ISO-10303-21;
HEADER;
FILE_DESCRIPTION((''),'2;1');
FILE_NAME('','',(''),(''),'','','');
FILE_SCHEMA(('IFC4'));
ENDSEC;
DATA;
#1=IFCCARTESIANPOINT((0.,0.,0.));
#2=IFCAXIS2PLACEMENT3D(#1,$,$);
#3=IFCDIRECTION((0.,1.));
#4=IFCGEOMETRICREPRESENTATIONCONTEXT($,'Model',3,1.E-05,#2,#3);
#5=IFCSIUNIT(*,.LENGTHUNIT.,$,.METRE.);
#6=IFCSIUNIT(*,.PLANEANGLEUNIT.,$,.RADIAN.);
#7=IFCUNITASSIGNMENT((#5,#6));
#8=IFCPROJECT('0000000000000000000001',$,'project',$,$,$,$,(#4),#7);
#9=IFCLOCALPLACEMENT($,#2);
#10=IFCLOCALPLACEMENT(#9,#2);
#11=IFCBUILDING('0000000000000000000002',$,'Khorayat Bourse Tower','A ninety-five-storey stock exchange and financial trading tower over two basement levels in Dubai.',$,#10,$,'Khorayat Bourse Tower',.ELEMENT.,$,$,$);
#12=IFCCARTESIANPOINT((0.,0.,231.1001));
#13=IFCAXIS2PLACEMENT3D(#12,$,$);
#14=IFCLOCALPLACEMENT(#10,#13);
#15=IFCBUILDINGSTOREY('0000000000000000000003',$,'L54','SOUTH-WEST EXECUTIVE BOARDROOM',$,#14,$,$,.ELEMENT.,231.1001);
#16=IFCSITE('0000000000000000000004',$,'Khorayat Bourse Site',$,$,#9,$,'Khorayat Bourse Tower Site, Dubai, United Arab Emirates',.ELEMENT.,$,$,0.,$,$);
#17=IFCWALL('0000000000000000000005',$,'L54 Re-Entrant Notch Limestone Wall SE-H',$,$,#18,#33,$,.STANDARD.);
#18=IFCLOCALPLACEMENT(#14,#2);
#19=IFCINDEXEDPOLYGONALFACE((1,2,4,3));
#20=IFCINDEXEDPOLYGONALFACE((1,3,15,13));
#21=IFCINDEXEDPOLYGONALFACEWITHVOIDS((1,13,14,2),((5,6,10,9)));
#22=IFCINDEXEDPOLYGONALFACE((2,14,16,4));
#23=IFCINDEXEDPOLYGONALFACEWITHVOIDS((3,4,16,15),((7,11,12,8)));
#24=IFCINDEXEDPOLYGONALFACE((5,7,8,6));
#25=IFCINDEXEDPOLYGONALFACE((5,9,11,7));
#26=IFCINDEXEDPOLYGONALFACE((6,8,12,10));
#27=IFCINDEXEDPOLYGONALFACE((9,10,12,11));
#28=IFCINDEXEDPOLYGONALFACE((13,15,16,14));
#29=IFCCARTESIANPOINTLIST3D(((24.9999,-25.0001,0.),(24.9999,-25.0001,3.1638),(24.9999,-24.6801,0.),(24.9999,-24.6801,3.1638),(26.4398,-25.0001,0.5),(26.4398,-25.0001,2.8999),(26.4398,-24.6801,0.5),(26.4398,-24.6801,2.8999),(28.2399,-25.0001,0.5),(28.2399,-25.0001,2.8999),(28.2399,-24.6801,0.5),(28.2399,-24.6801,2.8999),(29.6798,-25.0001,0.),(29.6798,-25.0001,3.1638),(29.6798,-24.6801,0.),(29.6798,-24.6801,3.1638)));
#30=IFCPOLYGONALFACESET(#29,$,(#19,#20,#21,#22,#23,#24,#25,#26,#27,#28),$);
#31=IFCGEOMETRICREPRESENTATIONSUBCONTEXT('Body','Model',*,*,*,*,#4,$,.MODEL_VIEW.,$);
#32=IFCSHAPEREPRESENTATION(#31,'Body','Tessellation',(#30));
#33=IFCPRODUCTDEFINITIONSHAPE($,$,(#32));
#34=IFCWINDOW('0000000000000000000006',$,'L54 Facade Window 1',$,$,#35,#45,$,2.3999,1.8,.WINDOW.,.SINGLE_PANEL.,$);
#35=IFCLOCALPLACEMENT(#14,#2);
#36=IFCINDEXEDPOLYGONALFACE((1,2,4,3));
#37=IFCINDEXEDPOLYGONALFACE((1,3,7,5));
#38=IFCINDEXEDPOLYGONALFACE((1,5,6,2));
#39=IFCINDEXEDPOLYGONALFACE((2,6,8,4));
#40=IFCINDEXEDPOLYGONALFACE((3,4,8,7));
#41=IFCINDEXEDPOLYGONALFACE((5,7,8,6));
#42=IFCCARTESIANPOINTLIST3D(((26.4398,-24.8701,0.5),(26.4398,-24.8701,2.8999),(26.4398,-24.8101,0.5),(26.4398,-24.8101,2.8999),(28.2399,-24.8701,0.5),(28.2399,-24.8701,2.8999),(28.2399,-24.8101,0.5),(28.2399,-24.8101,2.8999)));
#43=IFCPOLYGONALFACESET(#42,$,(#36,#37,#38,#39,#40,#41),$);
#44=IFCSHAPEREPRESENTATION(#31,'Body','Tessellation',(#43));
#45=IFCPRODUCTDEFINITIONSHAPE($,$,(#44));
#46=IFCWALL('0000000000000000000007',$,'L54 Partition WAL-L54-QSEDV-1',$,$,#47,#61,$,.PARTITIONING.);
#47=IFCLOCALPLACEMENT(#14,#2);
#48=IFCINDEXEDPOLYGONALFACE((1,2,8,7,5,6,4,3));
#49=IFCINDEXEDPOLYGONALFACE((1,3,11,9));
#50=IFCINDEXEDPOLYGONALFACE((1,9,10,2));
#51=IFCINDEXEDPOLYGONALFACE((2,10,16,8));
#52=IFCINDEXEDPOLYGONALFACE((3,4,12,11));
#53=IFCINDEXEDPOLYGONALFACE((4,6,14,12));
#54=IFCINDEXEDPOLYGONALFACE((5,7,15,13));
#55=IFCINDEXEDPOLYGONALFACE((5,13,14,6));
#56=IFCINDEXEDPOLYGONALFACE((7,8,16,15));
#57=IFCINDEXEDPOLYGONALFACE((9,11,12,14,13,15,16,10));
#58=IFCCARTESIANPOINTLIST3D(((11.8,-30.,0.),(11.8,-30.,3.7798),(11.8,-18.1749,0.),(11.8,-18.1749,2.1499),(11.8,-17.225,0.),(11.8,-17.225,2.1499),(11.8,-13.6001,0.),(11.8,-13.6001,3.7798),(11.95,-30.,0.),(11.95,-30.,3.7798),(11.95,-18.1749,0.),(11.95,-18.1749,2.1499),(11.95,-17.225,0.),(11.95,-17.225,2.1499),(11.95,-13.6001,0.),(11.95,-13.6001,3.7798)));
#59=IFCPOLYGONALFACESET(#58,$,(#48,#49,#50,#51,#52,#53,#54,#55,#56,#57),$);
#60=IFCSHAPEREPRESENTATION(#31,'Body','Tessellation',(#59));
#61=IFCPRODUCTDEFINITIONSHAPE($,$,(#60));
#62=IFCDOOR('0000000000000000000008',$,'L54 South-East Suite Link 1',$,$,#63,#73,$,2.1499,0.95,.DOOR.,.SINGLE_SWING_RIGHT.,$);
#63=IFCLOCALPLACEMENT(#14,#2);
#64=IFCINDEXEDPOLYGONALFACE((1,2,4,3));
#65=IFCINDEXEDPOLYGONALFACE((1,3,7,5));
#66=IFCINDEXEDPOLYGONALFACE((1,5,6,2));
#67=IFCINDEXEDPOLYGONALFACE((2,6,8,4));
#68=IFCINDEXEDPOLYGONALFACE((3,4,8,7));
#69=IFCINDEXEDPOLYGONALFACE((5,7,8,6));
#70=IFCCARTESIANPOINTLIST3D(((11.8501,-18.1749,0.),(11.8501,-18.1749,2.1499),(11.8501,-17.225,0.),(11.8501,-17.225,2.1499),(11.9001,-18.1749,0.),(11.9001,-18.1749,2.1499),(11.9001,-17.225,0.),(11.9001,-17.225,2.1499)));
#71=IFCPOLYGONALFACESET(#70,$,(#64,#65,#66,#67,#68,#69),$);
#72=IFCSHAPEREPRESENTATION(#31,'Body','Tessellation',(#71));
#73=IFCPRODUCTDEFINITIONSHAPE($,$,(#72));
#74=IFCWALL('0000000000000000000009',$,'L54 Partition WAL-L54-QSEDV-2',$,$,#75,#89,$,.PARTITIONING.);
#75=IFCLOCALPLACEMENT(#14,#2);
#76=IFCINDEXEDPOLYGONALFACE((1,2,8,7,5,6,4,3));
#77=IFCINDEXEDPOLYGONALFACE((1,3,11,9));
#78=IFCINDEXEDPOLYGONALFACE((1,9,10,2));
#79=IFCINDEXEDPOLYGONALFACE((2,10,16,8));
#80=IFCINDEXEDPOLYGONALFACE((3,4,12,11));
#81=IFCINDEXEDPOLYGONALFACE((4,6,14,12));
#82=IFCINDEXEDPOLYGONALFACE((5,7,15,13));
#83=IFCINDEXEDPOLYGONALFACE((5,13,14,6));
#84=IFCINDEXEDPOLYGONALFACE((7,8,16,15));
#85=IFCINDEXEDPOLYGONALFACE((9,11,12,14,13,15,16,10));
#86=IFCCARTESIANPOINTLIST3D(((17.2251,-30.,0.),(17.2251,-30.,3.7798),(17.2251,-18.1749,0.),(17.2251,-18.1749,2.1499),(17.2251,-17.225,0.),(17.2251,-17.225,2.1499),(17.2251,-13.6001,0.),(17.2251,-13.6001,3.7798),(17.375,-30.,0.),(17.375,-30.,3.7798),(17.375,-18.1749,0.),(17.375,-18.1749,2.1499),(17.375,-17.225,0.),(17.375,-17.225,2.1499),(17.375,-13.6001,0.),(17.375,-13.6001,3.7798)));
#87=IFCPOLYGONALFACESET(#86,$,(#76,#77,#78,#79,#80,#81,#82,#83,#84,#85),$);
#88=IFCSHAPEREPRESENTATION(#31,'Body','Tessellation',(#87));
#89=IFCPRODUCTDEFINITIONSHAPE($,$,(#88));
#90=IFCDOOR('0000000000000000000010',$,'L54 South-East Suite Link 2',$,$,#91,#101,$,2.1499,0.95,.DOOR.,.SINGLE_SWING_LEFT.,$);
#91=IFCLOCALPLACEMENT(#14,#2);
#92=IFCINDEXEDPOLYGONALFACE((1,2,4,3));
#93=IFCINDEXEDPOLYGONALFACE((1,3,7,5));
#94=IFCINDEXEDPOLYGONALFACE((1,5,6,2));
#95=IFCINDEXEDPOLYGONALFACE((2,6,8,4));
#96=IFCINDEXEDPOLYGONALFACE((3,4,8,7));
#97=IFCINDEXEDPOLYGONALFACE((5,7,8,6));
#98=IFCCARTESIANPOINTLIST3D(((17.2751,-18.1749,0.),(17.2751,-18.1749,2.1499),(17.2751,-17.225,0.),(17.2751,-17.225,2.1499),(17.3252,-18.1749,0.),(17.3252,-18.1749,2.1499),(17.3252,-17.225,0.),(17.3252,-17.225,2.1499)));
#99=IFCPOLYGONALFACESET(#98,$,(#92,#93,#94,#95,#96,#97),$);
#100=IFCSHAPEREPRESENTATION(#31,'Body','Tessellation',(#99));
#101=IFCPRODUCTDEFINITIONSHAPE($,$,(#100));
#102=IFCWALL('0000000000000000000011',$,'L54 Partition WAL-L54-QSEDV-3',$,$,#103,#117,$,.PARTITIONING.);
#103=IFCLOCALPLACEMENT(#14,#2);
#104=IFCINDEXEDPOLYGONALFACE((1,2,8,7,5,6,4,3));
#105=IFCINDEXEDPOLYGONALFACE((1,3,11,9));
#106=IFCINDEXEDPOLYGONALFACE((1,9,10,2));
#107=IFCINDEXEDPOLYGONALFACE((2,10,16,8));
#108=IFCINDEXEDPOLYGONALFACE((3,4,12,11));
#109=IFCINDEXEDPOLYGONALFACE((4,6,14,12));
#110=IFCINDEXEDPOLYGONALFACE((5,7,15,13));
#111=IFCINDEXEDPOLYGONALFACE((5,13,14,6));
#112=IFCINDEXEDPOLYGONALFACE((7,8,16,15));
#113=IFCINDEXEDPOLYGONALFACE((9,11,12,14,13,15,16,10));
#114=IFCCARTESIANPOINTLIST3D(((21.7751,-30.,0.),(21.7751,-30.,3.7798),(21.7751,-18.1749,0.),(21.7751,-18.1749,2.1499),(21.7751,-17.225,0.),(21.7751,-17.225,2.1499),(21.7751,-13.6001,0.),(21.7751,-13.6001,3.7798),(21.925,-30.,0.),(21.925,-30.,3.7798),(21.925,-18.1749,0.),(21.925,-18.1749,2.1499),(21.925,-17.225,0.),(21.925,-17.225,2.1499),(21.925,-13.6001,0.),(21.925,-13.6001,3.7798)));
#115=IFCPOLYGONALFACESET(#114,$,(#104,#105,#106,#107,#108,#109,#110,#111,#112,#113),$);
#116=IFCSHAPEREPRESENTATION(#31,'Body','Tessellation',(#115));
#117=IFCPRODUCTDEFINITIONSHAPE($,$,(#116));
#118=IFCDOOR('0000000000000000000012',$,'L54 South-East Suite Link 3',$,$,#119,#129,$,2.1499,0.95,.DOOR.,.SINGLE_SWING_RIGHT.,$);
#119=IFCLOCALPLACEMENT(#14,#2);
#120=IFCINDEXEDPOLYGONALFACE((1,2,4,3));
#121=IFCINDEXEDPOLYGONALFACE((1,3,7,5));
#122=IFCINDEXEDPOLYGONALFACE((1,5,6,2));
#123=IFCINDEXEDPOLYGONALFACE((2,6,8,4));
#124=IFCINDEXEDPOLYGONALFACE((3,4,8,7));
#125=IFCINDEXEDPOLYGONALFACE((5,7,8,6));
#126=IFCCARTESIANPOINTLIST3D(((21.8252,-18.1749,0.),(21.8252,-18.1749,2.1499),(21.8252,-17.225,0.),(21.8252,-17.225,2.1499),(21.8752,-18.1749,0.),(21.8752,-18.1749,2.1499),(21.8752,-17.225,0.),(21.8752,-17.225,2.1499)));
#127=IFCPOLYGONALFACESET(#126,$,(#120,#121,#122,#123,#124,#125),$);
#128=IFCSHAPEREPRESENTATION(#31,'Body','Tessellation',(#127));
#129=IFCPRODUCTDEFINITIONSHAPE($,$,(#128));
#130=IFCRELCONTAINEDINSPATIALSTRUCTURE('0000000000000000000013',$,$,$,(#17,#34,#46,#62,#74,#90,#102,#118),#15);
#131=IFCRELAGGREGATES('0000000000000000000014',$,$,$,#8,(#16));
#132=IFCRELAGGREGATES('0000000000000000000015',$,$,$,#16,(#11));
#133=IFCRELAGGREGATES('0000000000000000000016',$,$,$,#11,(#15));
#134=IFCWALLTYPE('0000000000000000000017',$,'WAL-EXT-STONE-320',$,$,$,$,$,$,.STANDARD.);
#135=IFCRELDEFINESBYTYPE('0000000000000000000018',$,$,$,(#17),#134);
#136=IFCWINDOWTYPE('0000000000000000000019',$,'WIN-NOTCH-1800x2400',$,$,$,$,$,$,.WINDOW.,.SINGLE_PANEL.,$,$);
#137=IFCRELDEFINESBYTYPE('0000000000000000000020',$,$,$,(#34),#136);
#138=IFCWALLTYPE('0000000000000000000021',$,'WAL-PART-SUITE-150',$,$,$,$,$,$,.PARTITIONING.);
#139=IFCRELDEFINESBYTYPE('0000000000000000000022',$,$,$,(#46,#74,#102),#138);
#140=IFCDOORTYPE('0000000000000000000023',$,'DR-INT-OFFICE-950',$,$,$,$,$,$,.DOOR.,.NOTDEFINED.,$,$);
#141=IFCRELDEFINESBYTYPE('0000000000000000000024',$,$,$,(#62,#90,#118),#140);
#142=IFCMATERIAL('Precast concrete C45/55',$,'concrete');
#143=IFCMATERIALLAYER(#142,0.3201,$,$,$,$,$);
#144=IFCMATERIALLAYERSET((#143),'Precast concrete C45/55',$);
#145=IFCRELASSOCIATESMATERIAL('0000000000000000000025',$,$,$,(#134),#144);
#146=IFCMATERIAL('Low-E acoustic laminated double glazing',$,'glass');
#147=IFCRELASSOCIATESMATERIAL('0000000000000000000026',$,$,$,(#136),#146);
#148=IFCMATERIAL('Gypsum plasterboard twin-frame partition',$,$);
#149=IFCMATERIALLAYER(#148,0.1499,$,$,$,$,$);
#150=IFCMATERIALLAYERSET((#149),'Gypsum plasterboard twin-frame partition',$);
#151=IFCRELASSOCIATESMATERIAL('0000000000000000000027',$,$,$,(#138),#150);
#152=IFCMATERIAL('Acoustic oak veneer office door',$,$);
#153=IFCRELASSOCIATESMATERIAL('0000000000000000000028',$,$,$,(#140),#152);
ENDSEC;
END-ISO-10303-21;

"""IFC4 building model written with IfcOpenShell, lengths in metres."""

from ifc_helpers import new_model, si_unit, direction, frame, frame_2d, origin, place, context, subcontext, project, spatial, rectangle, extrude, source, transform, mapped, material, layer, layer_set, type_object, element, fill, save


model = new_model("IFC4")

# Units and contexts
model_context = context("Model", 3, precision=1e-05, world=origin(), true_north=direction((0.0, 1.0)))
body_context = subcontext(model_context, "Body", "Model", "MODEL_VIEW")
ifc_project = project(units=[si_unit("LENGTHUNIT", "METRE"), si_unit("PLANEANGLEUNIT", "RADIAN")], contexts=[model_context])

# Site, building, storey
site_placement = place(None, origin())
site = spatial("IfcSite", under=ifc_project, at=site_placement, Name="Khorayat Bourse Site", LongName="Khorayat Bourse Tower Site, Dubai, United Arab Emirates", CompositionType="ELEMENT", RefElevation=0.0)
building_placement = place(site_placement, origin())
building = spatial("IfcBuilding", under=site, at=building_placement, Name="Khorayat Bourse Tower", Description="A ninety-five-storey stock exchange and financial trading tower over two basement levels in Dubai.", LongName="Khorayat Bourse Tower", CompositionType="ELEMENT")
storey_placement = place(building_placement, frame((0.0, 0.0, 231.1001)))
storey = spatial("IfcBuildingStorey", under=building, at=storey_placement, Name="L54", Description="SOUTH-WEST EXECUTIVE BOARDROOM", CompositionType="ELEMENT", Elevation=231.1001)

# Wall, opening, window
ifc_material_1 = material(Name="Precast concrete C45/55", Category="concrete")
ifc_layer_1 = layer(ifc_material_1, 0.3201)
ifc_layer_set_1 = layer_set([ifc_layer_1], Name="Precast concrete C45/55")
wall_type_1 = type_object("IfcWallType", Name="WAL-EXT-STONE-320", PredefinedType="STANDARD", material=ifc_layer_set_1)
shared_shape_1 = source(origin(), body_context, "Body", "SweptSolid", [
    extrude(rectangle(XDim=4.6799, YDim=0.3201, at=frame_2d((2.3398, 0.0))), origin(), (0.0, 0.0, 1.0), 3.1638),
])
shared_shape_2 = source(origin(), body_context, "Body", "SweptSolid", [
    extrude(rectangle(XDim=1.8, YDim=2.3999, at=frame_2d((0.8999, 1.2))), frame((0.0, 0.1699, 0.0), z_axis=(0.0, -1.0, 0.0), x_axis=(1.0, 0.0, 0.0)), (0.0, 0.0, 1.0), 0.3401),
])
ifc_material_2 = material(Name="Low-E acoustic laminated double glazing", Category="glass")
window_type = type_object("IfcWindowType", Name="WIN-NOTCH-1800x2400", PartitioningType="SINGLE_PANEL", PredefinedType="WINDOW", material=ifc_material_2)
shared_shape_3 = source(origin(), body_context, "Body", "SweptSolid", [
    extrude(rectangle(XDim=1.8, YDim=2.3999, at=frame_2d((0.8999, 1.2))), frame((0.0, 0.03, 0.0), z_axis=(0.0, -1.0, 0.0), x_axis=(1.0, 0.0, 0.0)), (0.0, 0.0, 1.0), 0.0601),
])
wall_1_placement = place(storey_placement, frame((25.0, -24.8401, 0.0), z_axis=(0.0, 0.0, 1.0), x_axis=(1.0, 0.0, 0.0)))
wall_1 = element("IfcWall", 1, at=wall_1_placement, inside=storey, type_object=wall_type_1, Name="L54 Re-Entrant Notch Limestone Wall SE-H", PredefinedType="STANDARD", context=body_context, shape_type="MappedRepresentation", body=[
    mapped(shared_shape_1, transform((0.0, 0.0, 0.0), scale=1.0)),
])
opening_1_placement = place(wall_1_placement, frame((1.4399, 0.0, 0.5)))
opening_1 = element("IfcOpeningElement", 2, at=opening_1_placement, cuts=wall_1, PredefinedType="OPENING", context=body_context, shape_type="MappedRepresentation", body=[
    mapped(shared_shape_2, transform((0.0, 0.0, 0.0), scale=1.0)),
])
window_1_placement = place(opening_1_placement, origin())
window_1 = element("IfcWindow", 3, at=window_1_placement, inside=storey, type_object=window_type, Name="L54 Facade Window 1", OverallHeight=2.3999, OverallWidth=1.8, PartitioningType="SINGLE_PANEL", PredefinedType="WINDOW", context=body_context, shape_type="MappedRepresentation", body=[
    mapped(shared_shape_3, transform((0.0, 0.0, 0.0), scale=1.0)),
])
fill(opening_1, window_1)

# Walls, openings, doors
ifc_material_3 = material(Name="Gypsum plasterboard twin-frame partition")
ifc_layer_2 = layer(ifc_material_3, 0.1499)
ifc_layer_set_2 = layer_set([ifc_layer_2], Name="Gypsum plasterboard twin-frame partition")
wall_type_2 = type_object("IfcWallType", Name="WAL-PART-SUITE-150", PredefinedType="PARTITIONING", material=ifc_layer_set_2)
shared_shape_4 = source(origin(), body_context, "Body", "SweptSolid", [
    extrude(rectangle(XDim=16.3999, YDim=0.1499, at=frame_2d((8.2, 0.0))), origin(), (0.0, 0.0, 1.0), 3.7798),
])
wall_2_placement = place(storey_placement, frame((11.875, -30.0, 0.0), z_axis=(0.0, 0.0, 1.0), x_axis=(0.0, 1.0, 0.0)))
wall_2 = element("IfcWall", 4, at=wall_2_placement, inside=storey, type_object=wall_type_2, Name="L54 Partition WAL-L54-QSEDV-1", PredefinedType="PARTITIONING", context=body_context, shape_type="MappedRepresentation", body=[
    mapped(shared_shape_4, transform((0.0, 0.0, 0.0), scale=1.0)),
])
shared_shape_5 = source(origin(), body_context, "Body", "SweptSolid", [
    extrude(rectangle(XDim=0.95, YDim=2.1499, at=frame_2d((0.4751, 1.075))), frame((0.0, 0.085, 0.0), z_axis=(0.0, -1.0, 0.0), x_axis=(1.0, 0.0, 0.0)), (0.0, 0.0, 1.0), 0.1699),
])
opening_2_placement = place(wall_2_placement, frame((11.825, 0.0, 0.0)))
opening_2 = element("IfcOpeningElement", 5, at=opening_2_placement, cuts=wall_2, PredefinedType="OPENING", context=body_context, shape_type="MappedRepresentation", body=[
    mapped(shared_shape_5, transform((0.0, 0.0, 0.0), scale=1.0)),
])
ifc_material_4 = material(Name="Acoustic oak veneer office door")
door_type = type_object("IfcDoorType", Name="DR-INT-OFFICE-950", OperationType="NOTDEFINED", PredefinedType="DOOR", material=ifc_material_4)
shared_shape_6 = source(origin(), body_context, "Body", "SweptSolid", [
    extrude(rectangle(XDim=0.95, YDim=2.1499, at=frame_2d((0.4751, 1.075))), frame((0.0, 0.0249, 0.0), z_axis=(0.0, -1.0, 0.0), x_axis=(1.0, 0.0, 0.0)), (0.0, 0.0, 1.0), 0.05),
])
door_1_placement = place(opening_2_placement, origin())
door_1 = element("IfcDoor", 6, at=door_1_placement, inside=storey, type_object=door_type, Name="L54 South-East Suite Link 1", OperationType="SINGLE_SWING_RIGHT", OverallHeight=2.1499, OverallWidth=0.95, PredefinedType="DOOR", context=body_context, shape_type="MappedRepresentation", body=[
    mapped(shared_shape_6, transform((0.0, 0.0, 0.0), scale=1.0)),
])
fill(opening_2, door_1)
wall_3_placement = place(storey_placement, frame((17.3, -30.0, 0.0), z_axis=(0.0, 0.0, 1.0), x_axis=(0.0, 1.0, 0.0)))
wall_3 = element("IfcWall", 7, at=wall_3_placement, inside=storey, type_object=wall_type_2, Name="L54 Partition WAL-L54-QSEDV-2", PredefinedType="PARTITIONING", context=body_context, shape_type="MappedRepresentation", body=[
    mapped(shared_shape_4, transform((0.0, 0.0, 0.0), scale=1.0)),
])
opening_3_placement = place(wall_3_placement, frame((11.825, 0.0, 0.0)))
opening_3 = element("IfcOpeningElement", 8, at=opening_3_placement, cuts=wall_3, PredefinedType="OPENING", context=body_context, shape_type="MappedRepresentation", body=[
    mapped(shared_shape_5, transform((0.0, 0.0, 0.0), scale=1.0)),
])
door_2_placement = place(opening_3_placement, origin())
door_2 = element("IfcDoor", 9, at=door_2_placement, inside=storey, type_object=door_type, Name="L54 South-East Suite Link 2", OperationType="SINGLE_SWING_LEFT", OverallHeight=2.1499, OverallWidth=0.95, PredefinedType="DOOR", context=body_context, shape_type="MappedRepresentation", body=[
    mapped(shared_shape_6, transform((0.0, 0.0, 0.0), scale=1.0)),
])
fill(opening_3, door_2)
wall_4_placement = place(storey_placement, frame((21.8501, -30.0, 0.0), z_axis=(0.0, 0.0, 1.0), x_axis=(0.0, 1.0, 0.0)))
wall_4 = element("IfcWall", 10, at=wall_4_placement, inside=storey, type_object=wall_type_2, Name="L54 Partition WAL-L54-QSEDV-3", PredefinedType="PARTITIONING", context=body_context, shape_type="MappedRepresentation", body=[
    mapped(shared_shape_4, transform((0.0, 0.0, 0.0), scale=1.0)),
])
opening_4_placement = place(wall_4_placement, frame((11.825, 0.0, 0.0)))
opening_4 = element("IfcOpeningElement", 11, at=opening_4_placement, cuts=wall_4, PredefinedType="OPENING", context=body_context, shape_type="MappedRepresentation", body=[
    mapped(shared_shape_5, transform((0.0, 0.0, 0.0), scale=1.0)),
])
door_3_placement = place(opening_4_placement, origin())
door_3 = element("IfcDoor", 12, at=door_3_placement, inside=storey, type_object=door_type, Name="L54 South-East Suite Link 3", OperationType="SINGLE_SWING_RIGHT", OverallHeight=2.1499, OverallWidth=0.95, PredefinedType="DOOR", context=body_context, shape_type="MappedRepresentation", body=[
    mapped(shared_shape_6, transform((0.0, 0.0, 0.0), scale=1.0)),
])
fill(opening_4, door_3)

save(model, "model.ifc")
